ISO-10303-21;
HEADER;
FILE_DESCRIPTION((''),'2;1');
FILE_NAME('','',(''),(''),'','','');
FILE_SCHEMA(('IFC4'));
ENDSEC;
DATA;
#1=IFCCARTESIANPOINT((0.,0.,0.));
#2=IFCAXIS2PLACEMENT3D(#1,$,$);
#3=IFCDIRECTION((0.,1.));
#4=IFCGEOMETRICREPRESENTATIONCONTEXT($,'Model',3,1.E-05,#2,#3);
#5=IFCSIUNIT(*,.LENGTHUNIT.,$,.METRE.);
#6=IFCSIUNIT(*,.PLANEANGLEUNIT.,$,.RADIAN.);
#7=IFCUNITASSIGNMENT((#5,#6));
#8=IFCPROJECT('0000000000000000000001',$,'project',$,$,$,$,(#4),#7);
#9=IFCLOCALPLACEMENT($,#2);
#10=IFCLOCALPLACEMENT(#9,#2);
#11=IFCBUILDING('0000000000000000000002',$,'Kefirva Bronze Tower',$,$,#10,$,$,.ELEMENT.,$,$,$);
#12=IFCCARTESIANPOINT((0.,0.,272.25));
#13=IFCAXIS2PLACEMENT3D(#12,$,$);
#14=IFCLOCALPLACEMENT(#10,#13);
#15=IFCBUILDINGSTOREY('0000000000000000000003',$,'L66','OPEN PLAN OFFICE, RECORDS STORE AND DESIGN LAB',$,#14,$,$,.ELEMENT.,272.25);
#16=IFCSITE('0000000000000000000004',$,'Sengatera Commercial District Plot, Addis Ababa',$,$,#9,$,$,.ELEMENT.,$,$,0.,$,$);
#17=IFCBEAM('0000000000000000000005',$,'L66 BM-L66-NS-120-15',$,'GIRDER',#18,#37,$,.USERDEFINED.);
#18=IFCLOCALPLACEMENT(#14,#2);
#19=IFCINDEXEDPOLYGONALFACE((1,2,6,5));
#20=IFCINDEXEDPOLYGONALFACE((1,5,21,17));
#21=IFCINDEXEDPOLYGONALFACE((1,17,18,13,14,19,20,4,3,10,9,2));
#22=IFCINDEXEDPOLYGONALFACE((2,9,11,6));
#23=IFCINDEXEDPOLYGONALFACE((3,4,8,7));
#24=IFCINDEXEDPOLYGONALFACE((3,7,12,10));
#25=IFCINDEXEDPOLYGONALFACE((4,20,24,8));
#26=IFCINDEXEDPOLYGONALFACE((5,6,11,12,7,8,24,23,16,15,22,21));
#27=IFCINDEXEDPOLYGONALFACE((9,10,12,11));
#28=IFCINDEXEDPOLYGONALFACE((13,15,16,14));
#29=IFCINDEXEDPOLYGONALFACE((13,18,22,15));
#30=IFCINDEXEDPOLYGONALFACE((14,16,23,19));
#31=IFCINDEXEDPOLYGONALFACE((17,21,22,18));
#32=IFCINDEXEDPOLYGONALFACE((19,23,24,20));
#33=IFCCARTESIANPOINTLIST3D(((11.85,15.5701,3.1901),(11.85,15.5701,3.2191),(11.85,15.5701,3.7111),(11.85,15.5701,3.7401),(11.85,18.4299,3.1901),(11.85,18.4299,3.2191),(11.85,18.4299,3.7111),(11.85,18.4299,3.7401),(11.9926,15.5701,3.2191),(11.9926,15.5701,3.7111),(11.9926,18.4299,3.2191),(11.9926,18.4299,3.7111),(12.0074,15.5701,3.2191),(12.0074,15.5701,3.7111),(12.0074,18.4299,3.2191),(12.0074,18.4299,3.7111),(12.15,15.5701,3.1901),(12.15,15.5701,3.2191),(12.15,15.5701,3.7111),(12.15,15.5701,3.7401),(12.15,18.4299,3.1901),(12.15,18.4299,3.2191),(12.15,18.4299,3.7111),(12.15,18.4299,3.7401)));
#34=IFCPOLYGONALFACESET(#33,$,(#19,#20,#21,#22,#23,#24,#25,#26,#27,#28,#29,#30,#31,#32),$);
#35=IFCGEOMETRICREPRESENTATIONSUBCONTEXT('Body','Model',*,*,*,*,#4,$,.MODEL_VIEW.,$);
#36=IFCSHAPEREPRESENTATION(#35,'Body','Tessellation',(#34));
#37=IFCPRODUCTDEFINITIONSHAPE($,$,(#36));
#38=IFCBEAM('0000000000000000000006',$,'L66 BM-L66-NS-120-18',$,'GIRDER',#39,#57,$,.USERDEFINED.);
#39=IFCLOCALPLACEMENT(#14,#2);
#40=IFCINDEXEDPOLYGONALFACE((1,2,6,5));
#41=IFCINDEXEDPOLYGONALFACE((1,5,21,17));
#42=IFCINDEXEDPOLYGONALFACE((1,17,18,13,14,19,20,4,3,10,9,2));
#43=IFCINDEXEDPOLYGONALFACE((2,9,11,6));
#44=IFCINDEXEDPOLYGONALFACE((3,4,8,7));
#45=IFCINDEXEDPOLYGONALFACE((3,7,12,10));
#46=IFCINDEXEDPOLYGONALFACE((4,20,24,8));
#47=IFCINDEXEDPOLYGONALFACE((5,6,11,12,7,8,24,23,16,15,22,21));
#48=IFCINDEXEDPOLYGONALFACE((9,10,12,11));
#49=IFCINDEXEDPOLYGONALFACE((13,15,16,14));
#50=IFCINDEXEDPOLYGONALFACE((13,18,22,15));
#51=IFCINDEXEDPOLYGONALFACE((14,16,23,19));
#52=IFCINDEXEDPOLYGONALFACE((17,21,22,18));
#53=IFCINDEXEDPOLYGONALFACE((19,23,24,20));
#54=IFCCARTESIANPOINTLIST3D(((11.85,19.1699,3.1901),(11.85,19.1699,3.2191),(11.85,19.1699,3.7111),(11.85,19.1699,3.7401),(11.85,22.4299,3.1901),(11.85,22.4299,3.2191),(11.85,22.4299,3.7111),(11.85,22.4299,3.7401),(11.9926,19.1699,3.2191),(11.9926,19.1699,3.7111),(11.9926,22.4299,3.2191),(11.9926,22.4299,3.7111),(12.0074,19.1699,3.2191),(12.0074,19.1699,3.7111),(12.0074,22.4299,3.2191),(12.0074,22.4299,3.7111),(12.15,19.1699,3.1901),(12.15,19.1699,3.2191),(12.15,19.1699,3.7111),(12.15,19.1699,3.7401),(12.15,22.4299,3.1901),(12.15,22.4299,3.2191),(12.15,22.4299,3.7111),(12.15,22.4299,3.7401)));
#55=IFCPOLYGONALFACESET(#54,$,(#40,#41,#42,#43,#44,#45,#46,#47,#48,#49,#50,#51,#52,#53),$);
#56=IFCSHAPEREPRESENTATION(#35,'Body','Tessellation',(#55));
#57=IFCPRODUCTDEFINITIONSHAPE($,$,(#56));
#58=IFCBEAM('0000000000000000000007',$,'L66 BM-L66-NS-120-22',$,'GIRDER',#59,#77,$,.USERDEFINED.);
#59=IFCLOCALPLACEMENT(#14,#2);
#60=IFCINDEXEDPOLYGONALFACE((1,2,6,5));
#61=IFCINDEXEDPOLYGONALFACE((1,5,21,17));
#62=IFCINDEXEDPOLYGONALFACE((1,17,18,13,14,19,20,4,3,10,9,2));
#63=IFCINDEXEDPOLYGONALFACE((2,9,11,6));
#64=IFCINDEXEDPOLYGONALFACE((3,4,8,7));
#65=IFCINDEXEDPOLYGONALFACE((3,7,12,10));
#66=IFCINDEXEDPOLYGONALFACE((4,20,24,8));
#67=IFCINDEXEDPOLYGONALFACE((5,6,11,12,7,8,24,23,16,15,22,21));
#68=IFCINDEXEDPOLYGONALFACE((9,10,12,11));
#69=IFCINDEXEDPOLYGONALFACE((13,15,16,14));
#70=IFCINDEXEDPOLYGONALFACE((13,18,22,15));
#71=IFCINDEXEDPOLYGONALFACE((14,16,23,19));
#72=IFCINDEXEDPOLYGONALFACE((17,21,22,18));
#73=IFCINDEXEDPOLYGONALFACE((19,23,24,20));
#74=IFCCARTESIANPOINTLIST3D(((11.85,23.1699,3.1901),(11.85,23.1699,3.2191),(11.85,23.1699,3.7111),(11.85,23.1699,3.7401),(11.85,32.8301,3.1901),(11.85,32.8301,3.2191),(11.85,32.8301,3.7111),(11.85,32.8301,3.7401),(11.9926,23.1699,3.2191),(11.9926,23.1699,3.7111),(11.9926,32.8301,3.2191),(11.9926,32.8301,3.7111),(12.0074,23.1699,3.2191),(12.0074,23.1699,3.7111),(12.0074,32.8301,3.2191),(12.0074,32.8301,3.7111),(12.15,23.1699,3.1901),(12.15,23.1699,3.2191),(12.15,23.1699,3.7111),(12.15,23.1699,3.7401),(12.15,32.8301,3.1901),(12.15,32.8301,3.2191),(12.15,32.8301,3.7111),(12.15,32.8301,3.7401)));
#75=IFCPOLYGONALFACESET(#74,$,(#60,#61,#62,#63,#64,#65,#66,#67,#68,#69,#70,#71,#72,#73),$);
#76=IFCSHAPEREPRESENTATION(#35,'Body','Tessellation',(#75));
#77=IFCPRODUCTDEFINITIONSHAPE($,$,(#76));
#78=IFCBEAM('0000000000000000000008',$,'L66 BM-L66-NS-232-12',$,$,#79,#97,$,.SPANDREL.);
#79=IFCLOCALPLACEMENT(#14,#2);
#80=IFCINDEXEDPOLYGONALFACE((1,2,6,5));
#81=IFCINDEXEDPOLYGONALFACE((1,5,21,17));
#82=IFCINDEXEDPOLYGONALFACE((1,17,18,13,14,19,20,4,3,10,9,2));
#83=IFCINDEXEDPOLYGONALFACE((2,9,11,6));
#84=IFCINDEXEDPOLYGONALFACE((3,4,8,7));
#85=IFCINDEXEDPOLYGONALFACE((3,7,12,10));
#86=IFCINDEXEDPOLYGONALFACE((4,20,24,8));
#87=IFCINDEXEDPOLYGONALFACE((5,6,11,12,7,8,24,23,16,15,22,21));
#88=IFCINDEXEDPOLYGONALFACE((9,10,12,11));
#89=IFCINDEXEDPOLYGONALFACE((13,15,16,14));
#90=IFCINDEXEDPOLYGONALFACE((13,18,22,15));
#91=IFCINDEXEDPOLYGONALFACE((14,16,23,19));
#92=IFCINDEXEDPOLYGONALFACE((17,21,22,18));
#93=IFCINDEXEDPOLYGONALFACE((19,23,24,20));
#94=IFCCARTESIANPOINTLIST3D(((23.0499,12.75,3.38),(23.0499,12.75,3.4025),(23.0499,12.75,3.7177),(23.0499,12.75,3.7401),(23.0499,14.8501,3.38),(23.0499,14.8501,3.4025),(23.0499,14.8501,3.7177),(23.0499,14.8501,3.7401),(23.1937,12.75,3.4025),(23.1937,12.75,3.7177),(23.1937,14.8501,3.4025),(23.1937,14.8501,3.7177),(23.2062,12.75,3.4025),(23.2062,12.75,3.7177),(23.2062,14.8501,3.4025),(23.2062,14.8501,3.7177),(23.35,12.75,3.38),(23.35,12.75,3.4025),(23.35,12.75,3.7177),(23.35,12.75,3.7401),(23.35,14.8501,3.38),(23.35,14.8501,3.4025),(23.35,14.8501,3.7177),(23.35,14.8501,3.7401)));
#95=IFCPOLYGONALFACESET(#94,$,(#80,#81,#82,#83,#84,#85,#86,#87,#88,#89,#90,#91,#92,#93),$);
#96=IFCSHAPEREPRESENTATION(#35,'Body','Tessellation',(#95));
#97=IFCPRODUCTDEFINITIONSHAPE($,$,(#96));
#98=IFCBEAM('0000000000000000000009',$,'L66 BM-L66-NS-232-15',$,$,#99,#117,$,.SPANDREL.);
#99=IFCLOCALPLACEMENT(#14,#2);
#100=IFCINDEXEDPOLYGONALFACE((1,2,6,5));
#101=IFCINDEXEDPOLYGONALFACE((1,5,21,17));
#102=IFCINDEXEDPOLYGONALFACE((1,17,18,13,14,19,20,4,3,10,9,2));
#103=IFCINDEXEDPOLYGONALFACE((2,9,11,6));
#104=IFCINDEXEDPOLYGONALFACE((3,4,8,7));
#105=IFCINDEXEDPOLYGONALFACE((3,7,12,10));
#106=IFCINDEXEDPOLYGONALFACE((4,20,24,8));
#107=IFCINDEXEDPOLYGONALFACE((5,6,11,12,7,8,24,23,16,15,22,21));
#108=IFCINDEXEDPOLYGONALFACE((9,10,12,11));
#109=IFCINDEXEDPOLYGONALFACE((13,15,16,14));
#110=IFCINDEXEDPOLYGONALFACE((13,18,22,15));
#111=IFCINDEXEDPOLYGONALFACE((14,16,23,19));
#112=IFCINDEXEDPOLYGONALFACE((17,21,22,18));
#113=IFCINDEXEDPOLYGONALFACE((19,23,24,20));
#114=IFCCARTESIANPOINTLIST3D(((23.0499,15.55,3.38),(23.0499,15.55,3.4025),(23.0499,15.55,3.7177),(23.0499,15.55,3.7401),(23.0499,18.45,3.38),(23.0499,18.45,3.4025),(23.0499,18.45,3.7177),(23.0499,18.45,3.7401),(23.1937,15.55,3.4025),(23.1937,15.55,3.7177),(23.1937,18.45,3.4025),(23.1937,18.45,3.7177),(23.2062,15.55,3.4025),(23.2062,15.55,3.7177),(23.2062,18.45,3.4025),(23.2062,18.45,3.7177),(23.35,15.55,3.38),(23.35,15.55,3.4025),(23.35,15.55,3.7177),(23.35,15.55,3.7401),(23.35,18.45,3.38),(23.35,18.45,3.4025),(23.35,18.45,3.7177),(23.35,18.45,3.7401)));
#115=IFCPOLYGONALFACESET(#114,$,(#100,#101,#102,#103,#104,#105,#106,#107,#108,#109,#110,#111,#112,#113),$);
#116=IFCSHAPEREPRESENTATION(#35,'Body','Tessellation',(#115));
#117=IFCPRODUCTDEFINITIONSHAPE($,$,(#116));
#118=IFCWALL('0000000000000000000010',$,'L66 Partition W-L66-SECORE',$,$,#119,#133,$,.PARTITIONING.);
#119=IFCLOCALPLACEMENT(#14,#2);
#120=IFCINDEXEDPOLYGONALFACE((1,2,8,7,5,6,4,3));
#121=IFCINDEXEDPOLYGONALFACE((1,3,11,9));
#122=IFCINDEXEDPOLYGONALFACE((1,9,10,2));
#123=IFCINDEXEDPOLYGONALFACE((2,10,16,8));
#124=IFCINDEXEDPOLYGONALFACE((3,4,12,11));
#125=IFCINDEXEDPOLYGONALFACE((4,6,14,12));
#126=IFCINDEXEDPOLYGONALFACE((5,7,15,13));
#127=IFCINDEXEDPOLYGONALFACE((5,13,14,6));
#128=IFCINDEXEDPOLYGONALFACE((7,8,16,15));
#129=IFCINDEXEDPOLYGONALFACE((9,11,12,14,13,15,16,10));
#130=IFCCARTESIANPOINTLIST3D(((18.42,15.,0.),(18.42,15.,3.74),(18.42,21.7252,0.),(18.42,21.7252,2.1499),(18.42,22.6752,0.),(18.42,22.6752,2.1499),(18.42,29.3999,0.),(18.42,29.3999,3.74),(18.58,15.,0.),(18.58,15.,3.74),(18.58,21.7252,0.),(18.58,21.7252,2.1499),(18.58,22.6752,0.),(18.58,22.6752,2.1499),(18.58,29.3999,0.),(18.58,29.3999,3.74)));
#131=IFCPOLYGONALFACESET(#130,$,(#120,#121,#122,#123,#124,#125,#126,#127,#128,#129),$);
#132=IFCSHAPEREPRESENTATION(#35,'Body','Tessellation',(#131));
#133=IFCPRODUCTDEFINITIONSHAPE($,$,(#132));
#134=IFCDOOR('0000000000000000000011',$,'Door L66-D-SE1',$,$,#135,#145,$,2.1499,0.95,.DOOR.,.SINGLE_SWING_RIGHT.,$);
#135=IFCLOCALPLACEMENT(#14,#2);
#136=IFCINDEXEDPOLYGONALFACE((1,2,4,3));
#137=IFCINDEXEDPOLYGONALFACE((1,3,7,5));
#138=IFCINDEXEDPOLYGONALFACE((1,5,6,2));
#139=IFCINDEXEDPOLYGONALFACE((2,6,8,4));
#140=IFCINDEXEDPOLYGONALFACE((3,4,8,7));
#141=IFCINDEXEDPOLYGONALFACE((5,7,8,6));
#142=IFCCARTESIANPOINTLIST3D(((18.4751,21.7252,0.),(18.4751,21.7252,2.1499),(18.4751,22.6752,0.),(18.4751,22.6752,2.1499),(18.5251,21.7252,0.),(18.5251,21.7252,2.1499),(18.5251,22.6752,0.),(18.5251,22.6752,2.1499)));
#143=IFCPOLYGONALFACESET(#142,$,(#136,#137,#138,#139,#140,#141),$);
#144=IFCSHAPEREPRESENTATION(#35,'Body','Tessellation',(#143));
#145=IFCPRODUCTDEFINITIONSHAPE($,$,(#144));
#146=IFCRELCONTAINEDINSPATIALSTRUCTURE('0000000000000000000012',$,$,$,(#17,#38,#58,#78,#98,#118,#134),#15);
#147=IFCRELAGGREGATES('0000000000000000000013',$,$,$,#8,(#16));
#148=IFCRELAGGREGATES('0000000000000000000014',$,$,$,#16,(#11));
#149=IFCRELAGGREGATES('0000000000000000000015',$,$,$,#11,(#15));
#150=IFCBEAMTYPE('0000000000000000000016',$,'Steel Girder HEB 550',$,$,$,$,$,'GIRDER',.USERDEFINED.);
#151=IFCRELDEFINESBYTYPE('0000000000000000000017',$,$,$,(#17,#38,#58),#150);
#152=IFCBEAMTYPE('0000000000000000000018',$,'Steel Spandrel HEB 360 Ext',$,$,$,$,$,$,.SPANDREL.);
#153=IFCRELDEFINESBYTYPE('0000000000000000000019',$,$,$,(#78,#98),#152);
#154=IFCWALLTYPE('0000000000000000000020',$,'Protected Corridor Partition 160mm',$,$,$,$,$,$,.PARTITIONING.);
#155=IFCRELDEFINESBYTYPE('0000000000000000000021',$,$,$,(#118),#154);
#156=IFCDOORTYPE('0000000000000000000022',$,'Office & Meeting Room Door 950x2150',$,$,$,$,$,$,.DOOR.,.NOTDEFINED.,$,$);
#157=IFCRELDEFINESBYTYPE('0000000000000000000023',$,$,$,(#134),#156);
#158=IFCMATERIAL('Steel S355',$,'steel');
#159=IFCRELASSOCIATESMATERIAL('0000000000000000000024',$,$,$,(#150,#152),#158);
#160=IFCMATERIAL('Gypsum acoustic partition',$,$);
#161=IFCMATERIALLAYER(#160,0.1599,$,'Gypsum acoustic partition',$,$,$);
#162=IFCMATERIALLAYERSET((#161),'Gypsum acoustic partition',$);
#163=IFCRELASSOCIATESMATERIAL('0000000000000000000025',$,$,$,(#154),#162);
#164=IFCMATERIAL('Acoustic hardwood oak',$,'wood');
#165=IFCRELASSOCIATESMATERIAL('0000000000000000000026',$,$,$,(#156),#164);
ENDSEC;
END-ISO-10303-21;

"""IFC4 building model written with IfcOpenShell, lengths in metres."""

from ifc_helpers import new_model, si_unit, direction, frame, frame_2d, origin, origin_2d, place, context, subcontext, project, spatial, rectangle, i_section, extrude, material, layer, layer_set, material_profile, profile_set, type_object, element, fill, save


model = new_model("IFC4")

# Units and contexts
model_context = context("Model", 3, precision=1e-05, world=origin(), true_north=direction((0.0, 1.0)))
body_context = subcontext(model_context, "Body", "Model", "MODEL_VIEW")
ifc_project = project(units=[si_unit("LENGTHUNIT", "METRE"), si_unit("PLANEANGLEUNIT", "RADIAN")], contexts=[model_context])

# Site, building, storey
site_placement = place(None, origin())
site = spatial("IfcSite", under=ifc_project, at=site_placement, Name="Sengatera Commercial District Plot, Addis Ababa", CompositionType="ELEMENT", RefElevation=0.0)
building_placement = place(site_placement, origin())
building = spatial("IfcBuilding", under=site, at=building_placement, Name="Kefirva Bronze Tower", CompositionType="ELEMENT")
storey_placement = place(building_placement, frame((0.0, 0.0, 272.25)))
storey = spatial("IfcBuildingStorey", under=building, at=storey_placement, Name="L66", Description="OPEN PLAN OFFICE, RECORDS STORE AND DESIGN LAB", CompositionType="ELEMENT", Elevation=272.25)

# Beams
ifc_material_1 = material(Name="Steel S355", Category="steel")
ifc_material_profile_1 = material_profile(ifc_material_1, i_section(OverallWidth=0.3, OverallDepth=0.55, WebThickness=0.0149, FlangeThickness=0.0291, at=origin_2d()), Name="HEB 550")
ifc_profile_set_1 = profile_set([ifc_material_profile_1], Name="Steel S355")
beam_type_1 = type_object("IfcBeamType", Name="Steel Girder HEB 550", ElementType="GIRDER", PredefinedType="USERDEFINED", material=ifc_profile_set_1)
beam_1_placement = place(storey_placement, frame((12.0, 15.5701, 3.4651), z_axis=(0.0, 1.0, 0.0), x_axis=(-1.0, 0.0, 0.0)))
element("IfcBeam", 1, at=beam_1_placement, inside=storey, type_object=beam_type_1, Name="L66 BM-L66-NS-120-15", ObjectType="GIRDER", PredefinedType="USERDEFINED", context=body_context, shape_type="SweptSolid", body=[
    extrude(i_section(OverallWidth=0.3, OverallDepth=0.55, WebThickness=0.0149, FlangeThickness=0.0291, at=origin_2d()), origin(), (0.0, 0.0, 1.0), 2.8599),
])
beam_2_placement = place(storey_placement, frame((12.0, 19.1699, 3.4651), z_axis=(0.0, 1.0, 0.0), x_axis=(-1.0, 0.0, 0.0)))
element("IfcBeam", 2, at=beam_2_placement, inside=storey, type_object=beam_type_1, Name="L66 BM-L66-NS-120-18", ObjectType="GIRDER", PredefinedType="USERDEFINED", context=body_context, shape_type="SweptSolid", body=[
    extrude(i_section(OverallWidth=0.3, OverallDepth=0.55, WebThickness=0.0149, FlangeThickness=0.0291, at=origin_2d()), origin(), (0.0, 0.0, 1.0), 3.26),
])
beam_3_placement = place(storey_placement, frame((12.0, 23.1699, 3.4651), z_axis=(0.0, 1.0, 0.0), x_axis=(-1.0, 0.0, 0.0)))
element("IfcBeam", 3, at=beam_3_placement, inside=storey, type_object=beam_type_1, Name="L66 BM-L66-NS-120-22", ObjectType="GIRDER", PredefinedType="USERDEFINED", context=body_context, shape_type="SweptSolid", body=[
    extrude(i_section(OverallWidth=0.3, OverallDepth=0.55, WebThickness=0.0149, FlangeThickness=0.0291, at=origin_2d()), origin(), (0.0, 0.0, 1.0), 9.6602),
])
ifc_material_profile_2 = material_profile(ifc_material_1, i_section(OverallWidth=0.3, OverallDepth=0.3601, WebThickness=0.0125, FlangeThickness=0.0225, at=origin_2d()), Name="HEB 360")
ifc_profile_set_2 = profile_set([ifc_material_profile_2], Name="Steel S355")
beam_type_2 = type_object("IfcBeamType", Name="Steel Spandrel HEB 360 Ext", PredefinedType="SPANDREL", material=ifc_profile_set_2)
beam_4_placement = place(storey_placement, frame((23.2, 12.75, 3.5601), z_axis=(0.0, 1.0, 0.0), x_axis=(-1.0, 0.0, 0.0)))
element("IfcBeam", 4, at=beam_4_placement, inside=storey, type_object=beam_type_2, Name="L66 BM-L66-NS-232-12", PredefinedType="SPANDREL", context=body_context, shape_type="SweptSolid", body=[
    extrude(i_section(OverallWidth=0.3, OverallDepth=0.3601, WebThickness=0.0125, FlangeThickness=0.0225, at=origin_2d()), origin(), (0.0, 0.0, 1.0), 2.1001),
])
beam_5_placement = place(storey_placement, frame((23.2, 15.55, 3.5601), z_axis=(0.0, 1.0, 0.0), x_axis=(-1.0, 0.0, 0.0)))
element("IfcBeam", 5, at=beam_5_placement, inside=storey, type_object=beam_type_2, Name="L66 BM-L66-NS-232-15", PredefinedType="SPANDREL", context=body_context, shape_type="SweptSolid", body=[
    extrude(i_section(OverallWidth=0.3, OverallDepth=0.3601, WebThickness=0.0125, FlangeThickness=0.0225, at=origin_2d()), origin(), (0.0, 0.0, 1.0), 2.8999),
])

# Shared definitions
ifc_material_2 = material(Name="Gypsum acoustic partition")
ifc_layer = layer(ifc_material_2, 0.1599, Name="Gypsum acoustic partition")
ifc_layer_set = layer_set([ifc_layer], Name="Gypsum acoustic partition")
wall_type = type_object("IfcWallType", Name="Protected Corridor Partition 160mm", PredefinedType="PARTITIONING", material=ifc_layer_set)
ifc_material_3 = material(Name="Acoustic hardwood oak", Category="wood")
door_type = type_object("IfcDoorType", Name="Office & Meeting Room Door 950x2150", OperationType="NOTDEFINED", PredefinedType="DOOR", material=ifc_material_3)

# Wall, opening, door
wall_1_placement = place(storey_placement, frame((18.5, 15.0, 0.0), z_axis=(0.0, 0.0, 1.0), x_axis=(0.0, 1.0, 0.0)))
wall_1 = element("IfcWall", 6, at=wall_1_placement, inside=storey, type_object=wall_type, Name="L66 Partition W-L66-SECORE", PredefinedType="PARTITIONING", context=body_context, shape_type="SweptSolid", body=[
    extrude(rectangle(XDim=14.3999, YDim=0.1599, at=frame_2d((7.2, 0.0))), origin(), (0.0, 0.0, 1.0), 3.74),
])
opening_1_placement = place(wall_1_placement, frame((6.7251, 0.0, 0.0)))
opening_1 = element("IfcOpeningElement", 7, at=opening_1_placement, cuts=wall_1, PredefinedType="OPENING", context=body_context, shape_type="SweptSolid", body=[
    extrude(rectangle(XDim=0.95, YDim=2.1499, at=frame_2d((0.4751, 1.075))), frame((0.0, 0.0898, 0.0), z_axis=(0.0, -1.0, 0.0), x_axis=(1.0, 0.0, 0.0)), (0.0, 0.0, 1.0), 0.1799),
])
door_1_placement = place(opening_1_placement, origin())
door_1 = element("IfcDoor", 8, at=door_1_placement, inside=storey, type_object=door_type, Name="Door L66-D-SE1", OperationType="SINGLE_SWING_RIGHT", OverallHeight=2.1499, OverallWidth=0.95, PredefinedType="DOOR", context=body_context, shape_type="SweptSolid", body=[
    extrude(rectangle(XDim=0.95, YDim=2.1499, at=frame_2d((0.4751, 1.075))), frame((0.0, 0.0249, 0.0), z_axis=(0.0, -1.0, 0.0), x_axis=(1.0, 0.0, 0.0)), (0.0, 0.0, 1.0), 0.05),
])
fill(opening_1, door_1)

save(model, "model.ifc")
